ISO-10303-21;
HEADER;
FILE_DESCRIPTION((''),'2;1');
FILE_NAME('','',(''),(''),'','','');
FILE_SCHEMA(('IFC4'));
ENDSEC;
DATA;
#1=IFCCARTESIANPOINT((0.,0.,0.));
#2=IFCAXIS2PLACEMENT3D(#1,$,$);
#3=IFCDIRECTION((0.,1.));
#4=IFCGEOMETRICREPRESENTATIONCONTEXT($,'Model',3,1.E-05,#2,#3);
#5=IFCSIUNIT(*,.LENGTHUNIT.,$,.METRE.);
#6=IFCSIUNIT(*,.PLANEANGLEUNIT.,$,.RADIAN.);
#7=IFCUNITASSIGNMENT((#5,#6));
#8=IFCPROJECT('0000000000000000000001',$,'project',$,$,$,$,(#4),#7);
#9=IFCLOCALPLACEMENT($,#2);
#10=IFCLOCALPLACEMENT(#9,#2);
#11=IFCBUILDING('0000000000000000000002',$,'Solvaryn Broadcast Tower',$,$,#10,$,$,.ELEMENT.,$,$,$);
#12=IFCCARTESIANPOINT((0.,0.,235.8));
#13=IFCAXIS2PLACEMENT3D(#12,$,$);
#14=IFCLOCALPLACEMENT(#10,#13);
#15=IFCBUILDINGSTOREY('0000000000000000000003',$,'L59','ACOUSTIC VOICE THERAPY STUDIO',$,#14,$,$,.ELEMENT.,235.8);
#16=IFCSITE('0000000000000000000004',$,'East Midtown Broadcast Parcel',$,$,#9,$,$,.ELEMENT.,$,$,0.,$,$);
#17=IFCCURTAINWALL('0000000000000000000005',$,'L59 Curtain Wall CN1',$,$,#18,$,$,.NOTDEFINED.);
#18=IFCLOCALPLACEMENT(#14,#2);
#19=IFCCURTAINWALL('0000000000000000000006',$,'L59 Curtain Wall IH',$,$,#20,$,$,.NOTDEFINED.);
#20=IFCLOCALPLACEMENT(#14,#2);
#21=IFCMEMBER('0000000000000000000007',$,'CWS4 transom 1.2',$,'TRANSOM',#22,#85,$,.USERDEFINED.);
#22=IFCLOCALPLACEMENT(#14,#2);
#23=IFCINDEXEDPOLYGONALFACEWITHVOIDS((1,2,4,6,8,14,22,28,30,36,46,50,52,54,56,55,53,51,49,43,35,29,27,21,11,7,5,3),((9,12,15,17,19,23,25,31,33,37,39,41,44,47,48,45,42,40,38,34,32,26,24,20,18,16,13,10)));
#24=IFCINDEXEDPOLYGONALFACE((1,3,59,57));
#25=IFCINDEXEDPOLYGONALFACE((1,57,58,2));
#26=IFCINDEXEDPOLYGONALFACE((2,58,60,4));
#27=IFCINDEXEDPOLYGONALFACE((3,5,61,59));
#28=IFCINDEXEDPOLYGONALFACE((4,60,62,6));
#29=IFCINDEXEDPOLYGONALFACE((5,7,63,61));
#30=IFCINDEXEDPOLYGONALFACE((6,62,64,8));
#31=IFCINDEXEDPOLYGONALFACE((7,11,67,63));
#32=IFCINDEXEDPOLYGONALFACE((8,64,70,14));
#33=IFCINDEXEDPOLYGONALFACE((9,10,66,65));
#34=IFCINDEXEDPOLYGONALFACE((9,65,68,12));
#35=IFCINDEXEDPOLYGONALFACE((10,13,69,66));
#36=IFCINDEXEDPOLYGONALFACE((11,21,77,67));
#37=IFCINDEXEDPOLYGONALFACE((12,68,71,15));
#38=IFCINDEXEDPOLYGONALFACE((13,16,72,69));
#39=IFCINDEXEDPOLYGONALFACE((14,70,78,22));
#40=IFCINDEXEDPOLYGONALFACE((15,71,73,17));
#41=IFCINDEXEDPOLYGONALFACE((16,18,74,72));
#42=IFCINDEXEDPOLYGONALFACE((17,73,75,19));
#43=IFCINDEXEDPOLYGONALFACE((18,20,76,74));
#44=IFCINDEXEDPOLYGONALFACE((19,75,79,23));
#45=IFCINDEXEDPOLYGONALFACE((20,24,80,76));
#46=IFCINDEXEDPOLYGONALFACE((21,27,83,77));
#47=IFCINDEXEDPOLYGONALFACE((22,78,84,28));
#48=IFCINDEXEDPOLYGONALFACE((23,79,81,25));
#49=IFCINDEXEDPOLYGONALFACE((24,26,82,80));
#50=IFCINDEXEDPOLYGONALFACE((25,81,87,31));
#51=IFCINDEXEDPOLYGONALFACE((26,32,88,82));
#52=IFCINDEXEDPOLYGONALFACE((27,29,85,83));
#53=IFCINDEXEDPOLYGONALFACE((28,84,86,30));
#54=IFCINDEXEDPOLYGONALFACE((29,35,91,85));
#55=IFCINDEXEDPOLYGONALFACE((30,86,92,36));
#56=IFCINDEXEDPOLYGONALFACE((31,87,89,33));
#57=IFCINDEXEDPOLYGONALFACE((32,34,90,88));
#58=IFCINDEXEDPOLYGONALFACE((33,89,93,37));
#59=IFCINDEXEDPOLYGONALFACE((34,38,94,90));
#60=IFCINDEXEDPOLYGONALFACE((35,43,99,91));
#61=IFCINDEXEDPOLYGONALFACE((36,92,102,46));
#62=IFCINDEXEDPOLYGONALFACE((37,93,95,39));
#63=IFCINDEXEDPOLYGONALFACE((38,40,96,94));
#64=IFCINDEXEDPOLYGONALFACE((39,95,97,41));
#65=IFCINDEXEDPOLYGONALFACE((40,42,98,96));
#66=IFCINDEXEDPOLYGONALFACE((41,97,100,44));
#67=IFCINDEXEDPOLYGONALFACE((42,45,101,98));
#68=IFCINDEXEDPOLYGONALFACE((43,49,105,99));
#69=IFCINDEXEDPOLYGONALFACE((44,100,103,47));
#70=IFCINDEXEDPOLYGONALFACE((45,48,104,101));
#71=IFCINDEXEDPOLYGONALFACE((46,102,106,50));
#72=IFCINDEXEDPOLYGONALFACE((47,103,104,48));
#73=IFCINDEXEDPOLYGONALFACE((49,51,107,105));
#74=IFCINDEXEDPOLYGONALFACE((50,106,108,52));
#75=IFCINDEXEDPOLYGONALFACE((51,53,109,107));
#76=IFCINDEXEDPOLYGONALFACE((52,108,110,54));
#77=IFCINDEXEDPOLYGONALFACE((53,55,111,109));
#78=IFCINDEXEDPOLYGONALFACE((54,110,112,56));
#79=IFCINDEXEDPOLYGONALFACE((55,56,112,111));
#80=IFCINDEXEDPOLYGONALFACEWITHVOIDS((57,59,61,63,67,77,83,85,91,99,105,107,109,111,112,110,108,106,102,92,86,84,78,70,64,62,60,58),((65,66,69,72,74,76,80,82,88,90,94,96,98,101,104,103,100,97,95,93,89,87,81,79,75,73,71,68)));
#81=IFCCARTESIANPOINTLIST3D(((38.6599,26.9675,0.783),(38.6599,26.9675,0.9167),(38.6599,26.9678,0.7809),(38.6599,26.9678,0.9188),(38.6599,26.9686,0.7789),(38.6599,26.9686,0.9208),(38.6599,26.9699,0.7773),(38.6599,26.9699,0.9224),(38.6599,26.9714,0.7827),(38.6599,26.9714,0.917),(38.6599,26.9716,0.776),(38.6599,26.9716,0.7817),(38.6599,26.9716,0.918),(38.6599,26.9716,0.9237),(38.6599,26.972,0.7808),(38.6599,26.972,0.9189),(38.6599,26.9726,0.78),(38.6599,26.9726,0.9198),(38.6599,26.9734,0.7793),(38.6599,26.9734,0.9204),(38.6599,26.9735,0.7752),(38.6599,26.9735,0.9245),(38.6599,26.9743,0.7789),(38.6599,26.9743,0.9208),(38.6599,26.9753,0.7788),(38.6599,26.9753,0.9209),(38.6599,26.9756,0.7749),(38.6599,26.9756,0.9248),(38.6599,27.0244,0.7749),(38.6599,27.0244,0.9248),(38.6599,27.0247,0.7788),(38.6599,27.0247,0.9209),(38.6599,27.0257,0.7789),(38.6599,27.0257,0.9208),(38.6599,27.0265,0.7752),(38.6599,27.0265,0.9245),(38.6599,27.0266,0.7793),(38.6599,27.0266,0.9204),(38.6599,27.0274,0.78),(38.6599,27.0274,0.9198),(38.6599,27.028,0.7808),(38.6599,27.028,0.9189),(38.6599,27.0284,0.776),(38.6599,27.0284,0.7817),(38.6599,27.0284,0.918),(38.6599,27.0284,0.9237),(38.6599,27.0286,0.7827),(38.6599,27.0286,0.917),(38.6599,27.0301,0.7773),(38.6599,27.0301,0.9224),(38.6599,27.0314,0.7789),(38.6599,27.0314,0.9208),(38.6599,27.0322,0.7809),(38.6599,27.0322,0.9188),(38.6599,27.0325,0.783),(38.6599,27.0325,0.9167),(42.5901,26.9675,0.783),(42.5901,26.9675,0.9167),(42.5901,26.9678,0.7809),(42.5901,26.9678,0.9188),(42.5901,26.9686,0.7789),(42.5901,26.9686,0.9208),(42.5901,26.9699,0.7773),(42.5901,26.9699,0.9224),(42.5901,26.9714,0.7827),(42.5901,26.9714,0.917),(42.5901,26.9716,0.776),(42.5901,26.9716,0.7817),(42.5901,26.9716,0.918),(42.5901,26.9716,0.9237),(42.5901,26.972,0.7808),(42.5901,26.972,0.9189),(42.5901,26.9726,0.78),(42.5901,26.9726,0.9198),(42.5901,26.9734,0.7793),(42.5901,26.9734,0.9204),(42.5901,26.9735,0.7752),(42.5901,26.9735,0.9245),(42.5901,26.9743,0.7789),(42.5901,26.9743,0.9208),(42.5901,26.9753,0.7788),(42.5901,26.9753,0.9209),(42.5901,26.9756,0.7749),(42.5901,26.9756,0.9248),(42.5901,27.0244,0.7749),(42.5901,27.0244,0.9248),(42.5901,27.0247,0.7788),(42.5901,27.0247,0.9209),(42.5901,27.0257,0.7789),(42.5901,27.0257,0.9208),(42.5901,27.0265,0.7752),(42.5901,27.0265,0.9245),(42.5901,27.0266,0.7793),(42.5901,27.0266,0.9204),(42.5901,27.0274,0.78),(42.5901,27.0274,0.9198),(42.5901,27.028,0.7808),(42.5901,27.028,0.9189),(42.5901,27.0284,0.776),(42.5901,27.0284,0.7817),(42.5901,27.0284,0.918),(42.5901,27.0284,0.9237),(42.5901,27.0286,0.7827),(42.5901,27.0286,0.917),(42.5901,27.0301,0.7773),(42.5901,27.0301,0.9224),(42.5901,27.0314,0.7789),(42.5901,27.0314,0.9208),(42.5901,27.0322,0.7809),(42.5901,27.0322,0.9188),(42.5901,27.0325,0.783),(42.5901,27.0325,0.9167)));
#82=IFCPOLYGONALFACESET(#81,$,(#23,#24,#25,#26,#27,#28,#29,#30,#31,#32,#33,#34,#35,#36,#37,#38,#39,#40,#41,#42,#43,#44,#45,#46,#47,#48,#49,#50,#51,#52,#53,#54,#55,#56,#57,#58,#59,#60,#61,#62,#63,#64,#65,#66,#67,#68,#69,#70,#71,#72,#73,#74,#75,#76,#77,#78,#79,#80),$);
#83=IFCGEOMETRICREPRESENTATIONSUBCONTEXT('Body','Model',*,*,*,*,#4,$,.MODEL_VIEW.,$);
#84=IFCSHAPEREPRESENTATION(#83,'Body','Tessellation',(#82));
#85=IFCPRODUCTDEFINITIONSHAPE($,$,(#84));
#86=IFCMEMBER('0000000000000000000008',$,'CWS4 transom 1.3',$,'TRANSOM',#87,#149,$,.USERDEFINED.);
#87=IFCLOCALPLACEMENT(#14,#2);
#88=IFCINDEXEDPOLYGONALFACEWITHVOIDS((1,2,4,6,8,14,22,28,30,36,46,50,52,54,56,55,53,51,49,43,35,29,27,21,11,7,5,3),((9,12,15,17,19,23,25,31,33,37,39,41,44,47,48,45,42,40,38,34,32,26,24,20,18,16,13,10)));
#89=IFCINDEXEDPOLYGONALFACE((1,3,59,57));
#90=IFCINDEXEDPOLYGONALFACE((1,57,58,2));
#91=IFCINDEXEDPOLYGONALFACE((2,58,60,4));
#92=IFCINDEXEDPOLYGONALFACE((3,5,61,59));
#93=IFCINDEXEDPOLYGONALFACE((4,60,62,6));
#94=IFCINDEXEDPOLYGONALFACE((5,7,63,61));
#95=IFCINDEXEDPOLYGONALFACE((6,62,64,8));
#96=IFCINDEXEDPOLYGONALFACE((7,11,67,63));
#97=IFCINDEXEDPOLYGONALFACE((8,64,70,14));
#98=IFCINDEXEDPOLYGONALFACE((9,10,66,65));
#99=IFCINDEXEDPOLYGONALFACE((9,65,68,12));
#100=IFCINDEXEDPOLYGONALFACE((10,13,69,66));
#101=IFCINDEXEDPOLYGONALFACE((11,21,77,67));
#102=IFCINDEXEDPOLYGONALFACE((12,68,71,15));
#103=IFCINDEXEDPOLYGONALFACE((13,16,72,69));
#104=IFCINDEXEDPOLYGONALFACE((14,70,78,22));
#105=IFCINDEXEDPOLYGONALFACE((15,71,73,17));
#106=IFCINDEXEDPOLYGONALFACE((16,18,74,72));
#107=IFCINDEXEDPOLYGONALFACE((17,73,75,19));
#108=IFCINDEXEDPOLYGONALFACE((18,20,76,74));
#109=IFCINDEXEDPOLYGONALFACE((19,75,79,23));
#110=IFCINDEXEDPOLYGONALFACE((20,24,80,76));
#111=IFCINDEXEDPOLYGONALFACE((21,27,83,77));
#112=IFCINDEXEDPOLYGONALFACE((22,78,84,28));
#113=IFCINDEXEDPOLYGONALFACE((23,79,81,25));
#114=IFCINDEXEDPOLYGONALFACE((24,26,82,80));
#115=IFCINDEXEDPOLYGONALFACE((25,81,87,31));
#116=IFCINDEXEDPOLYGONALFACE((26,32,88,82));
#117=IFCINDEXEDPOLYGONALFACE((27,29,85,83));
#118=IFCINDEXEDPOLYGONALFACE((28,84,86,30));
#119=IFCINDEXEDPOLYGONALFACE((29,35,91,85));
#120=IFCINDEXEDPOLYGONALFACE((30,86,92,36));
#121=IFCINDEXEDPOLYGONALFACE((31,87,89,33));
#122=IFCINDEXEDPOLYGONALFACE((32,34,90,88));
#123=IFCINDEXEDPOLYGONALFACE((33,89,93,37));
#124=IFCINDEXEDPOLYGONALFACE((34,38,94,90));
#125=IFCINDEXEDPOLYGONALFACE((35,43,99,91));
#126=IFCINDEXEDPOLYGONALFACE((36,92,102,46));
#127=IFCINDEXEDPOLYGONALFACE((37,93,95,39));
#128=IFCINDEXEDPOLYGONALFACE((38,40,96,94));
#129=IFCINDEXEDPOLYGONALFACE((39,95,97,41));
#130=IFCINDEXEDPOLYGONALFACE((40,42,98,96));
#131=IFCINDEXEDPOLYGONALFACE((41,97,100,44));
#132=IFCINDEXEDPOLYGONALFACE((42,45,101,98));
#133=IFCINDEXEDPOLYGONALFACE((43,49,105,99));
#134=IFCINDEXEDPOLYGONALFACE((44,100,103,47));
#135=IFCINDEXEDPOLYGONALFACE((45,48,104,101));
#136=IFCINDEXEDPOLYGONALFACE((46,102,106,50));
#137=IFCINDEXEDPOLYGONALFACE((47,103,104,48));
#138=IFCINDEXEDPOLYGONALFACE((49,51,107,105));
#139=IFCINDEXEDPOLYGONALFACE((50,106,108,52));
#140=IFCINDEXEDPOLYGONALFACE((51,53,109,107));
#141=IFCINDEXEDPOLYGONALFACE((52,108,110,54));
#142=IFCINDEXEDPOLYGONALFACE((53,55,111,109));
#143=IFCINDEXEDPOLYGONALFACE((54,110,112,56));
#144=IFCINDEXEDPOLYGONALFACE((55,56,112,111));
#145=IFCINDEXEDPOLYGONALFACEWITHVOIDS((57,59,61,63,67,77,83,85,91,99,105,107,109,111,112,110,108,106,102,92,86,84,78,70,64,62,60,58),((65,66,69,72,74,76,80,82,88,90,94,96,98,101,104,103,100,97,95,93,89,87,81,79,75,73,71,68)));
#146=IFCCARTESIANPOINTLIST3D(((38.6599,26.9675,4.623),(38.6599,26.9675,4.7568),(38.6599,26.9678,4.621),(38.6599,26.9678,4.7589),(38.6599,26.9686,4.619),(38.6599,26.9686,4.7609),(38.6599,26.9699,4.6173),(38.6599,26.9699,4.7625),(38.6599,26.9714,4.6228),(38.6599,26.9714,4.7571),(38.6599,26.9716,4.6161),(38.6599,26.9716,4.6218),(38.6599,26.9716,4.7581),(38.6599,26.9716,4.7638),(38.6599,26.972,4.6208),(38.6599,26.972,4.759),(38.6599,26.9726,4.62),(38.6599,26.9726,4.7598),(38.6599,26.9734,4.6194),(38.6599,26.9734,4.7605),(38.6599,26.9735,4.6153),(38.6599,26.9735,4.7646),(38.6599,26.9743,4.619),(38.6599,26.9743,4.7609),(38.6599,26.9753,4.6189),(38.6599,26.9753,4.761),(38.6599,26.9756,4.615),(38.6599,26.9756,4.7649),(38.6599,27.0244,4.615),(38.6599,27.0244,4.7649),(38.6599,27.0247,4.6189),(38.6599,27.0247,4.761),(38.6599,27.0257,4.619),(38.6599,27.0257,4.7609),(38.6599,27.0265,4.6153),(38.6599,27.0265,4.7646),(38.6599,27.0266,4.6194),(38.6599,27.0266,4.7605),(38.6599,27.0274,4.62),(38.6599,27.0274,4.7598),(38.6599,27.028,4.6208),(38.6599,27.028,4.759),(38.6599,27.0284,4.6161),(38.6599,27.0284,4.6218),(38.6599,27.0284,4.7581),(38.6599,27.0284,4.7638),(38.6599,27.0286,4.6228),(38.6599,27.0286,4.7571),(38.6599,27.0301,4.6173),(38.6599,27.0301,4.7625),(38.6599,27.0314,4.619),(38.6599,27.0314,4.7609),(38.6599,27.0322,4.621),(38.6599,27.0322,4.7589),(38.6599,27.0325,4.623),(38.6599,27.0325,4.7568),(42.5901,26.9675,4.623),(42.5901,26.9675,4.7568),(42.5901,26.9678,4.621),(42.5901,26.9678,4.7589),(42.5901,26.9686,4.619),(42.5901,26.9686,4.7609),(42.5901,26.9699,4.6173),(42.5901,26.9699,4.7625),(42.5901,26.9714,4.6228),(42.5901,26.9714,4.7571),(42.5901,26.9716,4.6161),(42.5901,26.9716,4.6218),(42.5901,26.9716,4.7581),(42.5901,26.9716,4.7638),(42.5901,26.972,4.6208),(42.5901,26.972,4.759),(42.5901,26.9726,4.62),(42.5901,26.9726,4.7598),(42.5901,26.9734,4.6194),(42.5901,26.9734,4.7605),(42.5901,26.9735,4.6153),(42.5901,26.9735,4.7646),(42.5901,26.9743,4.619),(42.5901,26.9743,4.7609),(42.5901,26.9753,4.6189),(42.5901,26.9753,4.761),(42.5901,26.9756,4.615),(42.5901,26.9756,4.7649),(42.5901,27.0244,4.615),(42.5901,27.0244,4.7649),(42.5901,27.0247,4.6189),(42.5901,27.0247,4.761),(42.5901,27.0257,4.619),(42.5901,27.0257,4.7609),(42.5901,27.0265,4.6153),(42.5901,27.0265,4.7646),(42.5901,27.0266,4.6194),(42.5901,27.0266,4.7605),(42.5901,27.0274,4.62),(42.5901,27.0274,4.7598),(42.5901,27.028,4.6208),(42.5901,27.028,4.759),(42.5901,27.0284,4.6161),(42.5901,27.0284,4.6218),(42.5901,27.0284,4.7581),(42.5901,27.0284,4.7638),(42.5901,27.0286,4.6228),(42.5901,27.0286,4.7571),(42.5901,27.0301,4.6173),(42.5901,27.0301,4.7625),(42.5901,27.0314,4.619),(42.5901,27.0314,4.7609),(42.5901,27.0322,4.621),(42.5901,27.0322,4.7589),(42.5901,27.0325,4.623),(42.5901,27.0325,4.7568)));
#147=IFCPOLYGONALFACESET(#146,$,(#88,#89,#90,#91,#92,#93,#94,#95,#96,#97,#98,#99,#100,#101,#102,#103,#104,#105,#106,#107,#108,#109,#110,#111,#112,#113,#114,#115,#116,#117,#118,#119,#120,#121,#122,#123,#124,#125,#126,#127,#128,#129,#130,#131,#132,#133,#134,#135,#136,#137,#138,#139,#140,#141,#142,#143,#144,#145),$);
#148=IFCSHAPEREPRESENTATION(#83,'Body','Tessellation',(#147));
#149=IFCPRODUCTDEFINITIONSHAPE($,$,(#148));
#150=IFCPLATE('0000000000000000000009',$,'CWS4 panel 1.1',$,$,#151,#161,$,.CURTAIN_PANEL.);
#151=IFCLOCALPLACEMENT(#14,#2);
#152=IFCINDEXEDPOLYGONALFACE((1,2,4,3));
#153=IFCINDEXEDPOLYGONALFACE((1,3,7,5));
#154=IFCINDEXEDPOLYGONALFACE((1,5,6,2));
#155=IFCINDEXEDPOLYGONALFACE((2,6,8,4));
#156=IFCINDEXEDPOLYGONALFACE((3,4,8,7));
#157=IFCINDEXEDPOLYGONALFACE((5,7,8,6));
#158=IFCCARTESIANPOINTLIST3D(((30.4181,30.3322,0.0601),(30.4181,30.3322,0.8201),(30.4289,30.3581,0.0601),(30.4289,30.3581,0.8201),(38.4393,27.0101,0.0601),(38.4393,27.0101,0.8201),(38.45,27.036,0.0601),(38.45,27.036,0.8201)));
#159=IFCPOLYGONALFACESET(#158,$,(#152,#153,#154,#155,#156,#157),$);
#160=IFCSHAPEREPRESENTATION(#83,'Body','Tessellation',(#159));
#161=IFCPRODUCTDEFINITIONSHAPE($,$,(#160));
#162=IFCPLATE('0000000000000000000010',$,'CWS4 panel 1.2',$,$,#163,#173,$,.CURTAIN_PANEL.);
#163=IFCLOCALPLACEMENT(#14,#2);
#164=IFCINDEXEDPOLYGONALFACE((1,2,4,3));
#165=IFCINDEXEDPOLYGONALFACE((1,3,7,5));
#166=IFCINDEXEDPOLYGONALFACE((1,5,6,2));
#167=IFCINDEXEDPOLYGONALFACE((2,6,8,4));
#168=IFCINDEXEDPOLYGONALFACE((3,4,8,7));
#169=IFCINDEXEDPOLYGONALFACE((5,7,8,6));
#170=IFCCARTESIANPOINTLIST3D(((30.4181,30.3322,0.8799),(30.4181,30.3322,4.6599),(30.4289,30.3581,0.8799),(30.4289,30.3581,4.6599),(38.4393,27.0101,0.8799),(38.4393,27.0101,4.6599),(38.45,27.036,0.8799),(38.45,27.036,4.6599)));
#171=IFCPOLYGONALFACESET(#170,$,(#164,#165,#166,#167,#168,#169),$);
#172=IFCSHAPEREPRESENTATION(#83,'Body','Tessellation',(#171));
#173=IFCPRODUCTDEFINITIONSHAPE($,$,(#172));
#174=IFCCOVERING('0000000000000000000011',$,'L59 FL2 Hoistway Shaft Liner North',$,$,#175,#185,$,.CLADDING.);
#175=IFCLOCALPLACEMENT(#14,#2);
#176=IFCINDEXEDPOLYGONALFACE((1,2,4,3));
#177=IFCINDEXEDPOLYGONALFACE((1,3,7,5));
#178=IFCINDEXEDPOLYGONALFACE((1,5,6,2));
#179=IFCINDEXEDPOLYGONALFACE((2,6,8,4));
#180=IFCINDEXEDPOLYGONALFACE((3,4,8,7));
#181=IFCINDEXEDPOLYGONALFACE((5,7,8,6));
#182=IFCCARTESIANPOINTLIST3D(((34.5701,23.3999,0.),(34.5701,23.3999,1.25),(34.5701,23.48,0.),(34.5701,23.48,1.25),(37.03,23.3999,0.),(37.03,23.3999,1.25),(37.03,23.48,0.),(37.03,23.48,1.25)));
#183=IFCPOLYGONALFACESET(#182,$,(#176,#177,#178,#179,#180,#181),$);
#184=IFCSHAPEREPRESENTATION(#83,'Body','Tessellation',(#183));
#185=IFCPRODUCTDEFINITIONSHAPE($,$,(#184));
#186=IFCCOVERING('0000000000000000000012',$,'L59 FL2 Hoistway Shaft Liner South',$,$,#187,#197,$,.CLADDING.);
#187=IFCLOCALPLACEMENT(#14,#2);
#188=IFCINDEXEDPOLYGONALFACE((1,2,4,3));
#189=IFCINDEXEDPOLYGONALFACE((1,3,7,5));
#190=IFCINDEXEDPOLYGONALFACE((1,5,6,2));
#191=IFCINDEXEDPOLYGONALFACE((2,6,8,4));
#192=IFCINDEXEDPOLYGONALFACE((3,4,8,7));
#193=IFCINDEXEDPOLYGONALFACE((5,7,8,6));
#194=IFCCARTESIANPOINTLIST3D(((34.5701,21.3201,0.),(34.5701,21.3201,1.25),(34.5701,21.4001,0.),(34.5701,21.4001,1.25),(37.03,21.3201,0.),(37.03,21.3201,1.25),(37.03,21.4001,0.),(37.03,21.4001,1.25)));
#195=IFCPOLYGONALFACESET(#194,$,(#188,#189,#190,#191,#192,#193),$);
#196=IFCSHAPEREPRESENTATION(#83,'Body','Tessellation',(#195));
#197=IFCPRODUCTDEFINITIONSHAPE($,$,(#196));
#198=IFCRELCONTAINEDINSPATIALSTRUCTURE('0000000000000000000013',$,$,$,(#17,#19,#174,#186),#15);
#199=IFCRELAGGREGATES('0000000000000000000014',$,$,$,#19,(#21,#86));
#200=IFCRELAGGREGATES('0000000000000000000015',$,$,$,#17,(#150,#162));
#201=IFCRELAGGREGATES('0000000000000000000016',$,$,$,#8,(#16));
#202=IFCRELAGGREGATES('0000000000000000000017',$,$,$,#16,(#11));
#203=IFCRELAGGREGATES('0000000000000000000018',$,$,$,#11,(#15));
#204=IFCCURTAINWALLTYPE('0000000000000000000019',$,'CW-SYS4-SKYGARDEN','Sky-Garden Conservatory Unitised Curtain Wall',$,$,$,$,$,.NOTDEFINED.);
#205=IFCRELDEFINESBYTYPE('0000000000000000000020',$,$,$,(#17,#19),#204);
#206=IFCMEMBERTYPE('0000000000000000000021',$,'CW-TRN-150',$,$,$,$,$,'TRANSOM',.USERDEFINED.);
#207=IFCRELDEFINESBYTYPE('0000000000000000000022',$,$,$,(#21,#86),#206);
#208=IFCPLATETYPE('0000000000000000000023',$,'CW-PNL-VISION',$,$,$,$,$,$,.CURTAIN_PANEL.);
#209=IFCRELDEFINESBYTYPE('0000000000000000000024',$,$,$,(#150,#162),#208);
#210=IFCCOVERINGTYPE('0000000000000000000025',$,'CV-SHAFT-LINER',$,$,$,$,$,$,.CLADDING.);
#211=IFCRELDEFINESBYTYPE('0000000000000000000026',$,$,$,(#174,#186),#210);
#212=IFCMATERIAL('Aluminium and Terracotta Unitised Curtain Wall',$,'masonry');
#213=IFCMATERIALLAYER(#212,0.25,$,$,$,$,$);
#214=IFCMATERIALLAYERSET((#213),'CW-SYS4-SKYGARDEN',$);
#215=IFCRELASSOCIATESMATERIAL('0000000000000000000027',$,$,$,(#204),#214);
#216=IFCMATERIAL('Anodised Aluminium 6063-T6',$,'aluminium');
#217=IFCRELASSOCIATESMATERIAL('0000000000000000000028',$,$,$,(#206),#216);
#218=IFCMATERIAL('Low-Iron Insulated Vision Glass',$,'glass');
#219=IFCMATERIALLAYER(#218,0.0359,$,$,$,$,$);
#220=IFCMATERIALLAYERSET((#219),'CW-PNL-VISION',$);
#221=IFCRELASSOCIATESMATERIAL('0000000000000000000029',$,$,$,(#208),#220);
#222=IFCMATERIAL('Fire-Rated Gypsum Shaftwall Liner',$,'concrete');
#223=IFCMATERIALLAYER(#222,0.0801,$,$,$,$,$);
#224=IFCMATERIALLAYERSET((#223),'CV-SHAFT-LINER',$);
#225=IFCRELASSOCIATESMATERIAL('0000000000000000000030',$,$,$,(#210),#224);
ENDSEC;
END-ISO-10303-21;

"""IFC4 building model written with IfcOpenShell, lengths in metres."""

from ifc_helpers import new_model, si_unit, direction, frame, origin, origin_2d, place, context, subcontext, project, spatial, rectangle, hollow_rectangle, extrude, material, layer, layer_set, material_profile, profile_set, type_object, element, aggregate, save


model = new_model("IFC4")

# Units and contexts
model_context = context("Model", 3, precision=1e-05, world=origin(), true_north=direction((0.0, 1.0)))
body_context = subcontext(model_context, "Body", "Model", "MODEL_VIEW")
ifc_project = project(units=[si_unit("LENGTHUNIT", "METRE"), si_unit("PLANEANGLEUNIT", "RADIAN")], contexts=[model_context])

# Site, building, storey
site_placement = place(None, origin())
site = spatial("IfcSite", under=ifc_project, at=site_placement, Name="East Midtown Broadcast Parcel", CompositionType="ELEMENT", RefElevation=0.0)
building_placement = place(site_placement, origin())
building = spatial("IfcBuilding", under=site, at=building_placement, Name="Solvaryn Broadcast Tower", CompositionType="ELEMENT")
storey_placement = place(building_placement, frame((0.0, 0.0, 235.8)))
storey = spatial("IfcBuildingStorey", under=building, at=storey_placement, Name="L59", Description="ACOUSTIC VOICE THERAPY STUDIO", CompositionType="ELEMENT", Elevation=235.8)

# Curtain walls
ifc_material_1 = material(Name="Aluminium and Terracotta Unitised Curtain Wall", Category="masonry")
ifc_layer_1 = layer(ifc_material_1, 0.25)
ifc_layer_set_1 = layer_set([ifc_layer_1], Name="CW-SYS4-SKYGARDEN")
curtain_wall_type = type_object("IfcCurtainWallType", Name="CW-SYS4-SKYGARDEN", Description="Sky-Garden Conservatory Unitised Curtain Wall", PredefinedType="NOTDEFINED", material=ifc_layer_set_1)
curtain_wall_1_placement = place(storey_placement, origin())
curtain_wall_1 = element("IfcCurtainWall", 1, at=curtain_wall_1_placement, inside=storey, type_object=curtain_wall_type, Name="L59 Curtain Wall CN1", PredefinedType="NOTDEFINED")
curtain_wall_2_placement = place(storey_placement, origin())
curtain_wall_2 = element("IfcCurtainWall", 2, at=curtain_wall_2_placement, inside=storey, type_object=curtain_wall_type, Name="L59 Curtain Wall IH", PredefinedType="NOTDEFINED")

# Members
ifc_material_2 = material(Name="Anodised Aluminium 6063-T6", Category="aluminium")
ifc_material_profile_1 = material_profile(ifc_material_2, hollow_rectangle(XDim=0.0649, YDim=0.1499, WallThickness=0.0039, InnerFilletRadius=0.0039, OuterFilletRadius=0.0081, at=origin_2d()))
ifc_profile_set_1 = profile_set([ifc_material_profile_1], Name="Anodised Aluminium 6063-T6")
member_type_1 = type_object("IfcMemberType", Name="CW-TRN-150", ElementType="TRANSOM", PredefinedType="USERDEFINED", material=ifc_profile_set_1)
member_1_placement = place(storey_placement, frame((38.6599, 27.0, 0.8499), z_axis=(1.0, 0.0, 0.0), x_axis=(0.0, 1.0, 0.0)))
member_1 = element("IfcMember", 3, at=member_1_placement, type_object=member_type_1, Name="CWS4 transom 1.2", ObjectType="TRANSOM", PredefinedType="USERDEFINED", context=body_context, shape_type="SweptSolid", body=[
    extrude(hollow_rectangle(XDim=0.0649, YDim=0.1499, WallThickness=0.0039, InnerFilletRadius=0.0039, OuterFilletRadius=0.0081, at=origin_2d()), origin(), (0.0, 0.0, 1.0), 3.9302),
])
member_2_placement = place(storey_placement, frame((38.6599, 27.0, 4.6899), z_axis=(1.0, 0.0, 0.0), x_axis=(0.0, 1.0, 0.0)))
member_2 = element("IfcMember", 4, at=member_2_placement, type_object=member_type_1, Name="CWS4 transom 1.3", ObjectType="TRANSOM", PredefinedType="USERDEFINED", context=body_context, shape_type="SweptSolid", body=[
    extrude(hollow_rectangle(XDim=0.0649, YDim=0.1499, WallThickness=0.0039, InnerFilletRadius=0.0039, OuterFilletRadius=0.0081, at=origin_2d()), origin(), (0.0, 0.0, 1.0), 3.9302),
])
aggregate(curtain_wall_2, [member_1, member_2])

# Plates
ifc_material_3 = material(Name="Low-Iron Insulated Vision Glass", Category="glass")
ifc_layer_2 = layer(ifc_material_3, 0.0359)
ifc_layer_set_2 = layer_set([ifc_layer_2], Name="CW-PNL-VISION")
plate_type = type_object("IfcPlateType", Name="CW-PNL-VISION", PredefinedType="CURTAIN_PANEL", material=ifc_layer_set_2)
plate_1_placement = place(storey_placement, frame((34.4341, 28.6841, 0.0601), z_axis=(0.0, 0.0, 1.0), x_axis=(-0.923895, 0.382646, 0.0)))
plate_1 = element("IfcPlate", 5, at=plate_1_placement, type_object=plate_type, Name="CWS4 panel 1.1", PredefinedType="CURTAIN_PANEL", context=body_context, shape_type="SweptSolid", body=[
    extrude(rectangle(XDim=8.6819, YDim=0.0281, at=origin_2d()), origin(), (0.0, 0.0, 1.0), 0.76),
])
plate_2_placement = place(storey_placement, frame((34.4341, 28.6841, 0.8799), z_axis=(0.0, 0.0, 1.0), x_axis=(-0.923895, 0.382646, 0.0)))
plate_2 = element("IfcPlate", 6, at=plate_2_placement, type_object=plate_type, Name="CWS4 panel 1.2", PredefinedType="CURTAIN_PANEL", context=body_context, shape_type="SweptSolid", body=[
    extrude(rectangle(XDim=8.6819, YDim=0.0281, at=origin_2d()), origin(), (0.0, 0.0, 1.0), 3.78),
])
aggregate(curtain_wall_1, [plate_1, plate_2])

# Coverings
ifc_material_4 = material(Name="Fire-Rated Gypsum Shaftwall Liner", Category="concrete")
ifc_layer_3 = layer(ifc_material_4, 0.0801)
ifc_layer_set_3 = layer_set([ifc_layer_3], Name="CV-SHAFT-LINER")
covering_type_1 = type_object("IfcCoveringType", Name="CV-SHAFT-LINER", PredefinedType="CLADDING", material=ifc_layer_set_3)
for number, where, z_axis, x_axis, name in (
    (7, (35.8, 23.4399, 0.0), (0.0, 0.0, 1.0), (1.0, 0.0, 0.0), "L59 FL2 Hoistway Shaft Liner North"),
    (8, (35.8, 21.3601, 0.0), (0.0, 0.0, 1.0), (1.0, 0.0, 0.0), "L59 FL2 Hoistway Shaft Liner South"),
):
    element("IfcCovering", number, at=place(storey_placement, frame(where, z_axis=z_axis, x_axis=x_axis)), inside=storey, type_object=covering_type_1, Name=name, PredefinedType="CLADDING", context=body_context, shape_type="SweptSolid", body=[
        extrude(rectangle(XDim=2.46, YDim=0.0801, at=origin_2d()), origin(), (0.0, 0.0, 1.0), 1.25),
    ])

save(model, "model.ifc")
